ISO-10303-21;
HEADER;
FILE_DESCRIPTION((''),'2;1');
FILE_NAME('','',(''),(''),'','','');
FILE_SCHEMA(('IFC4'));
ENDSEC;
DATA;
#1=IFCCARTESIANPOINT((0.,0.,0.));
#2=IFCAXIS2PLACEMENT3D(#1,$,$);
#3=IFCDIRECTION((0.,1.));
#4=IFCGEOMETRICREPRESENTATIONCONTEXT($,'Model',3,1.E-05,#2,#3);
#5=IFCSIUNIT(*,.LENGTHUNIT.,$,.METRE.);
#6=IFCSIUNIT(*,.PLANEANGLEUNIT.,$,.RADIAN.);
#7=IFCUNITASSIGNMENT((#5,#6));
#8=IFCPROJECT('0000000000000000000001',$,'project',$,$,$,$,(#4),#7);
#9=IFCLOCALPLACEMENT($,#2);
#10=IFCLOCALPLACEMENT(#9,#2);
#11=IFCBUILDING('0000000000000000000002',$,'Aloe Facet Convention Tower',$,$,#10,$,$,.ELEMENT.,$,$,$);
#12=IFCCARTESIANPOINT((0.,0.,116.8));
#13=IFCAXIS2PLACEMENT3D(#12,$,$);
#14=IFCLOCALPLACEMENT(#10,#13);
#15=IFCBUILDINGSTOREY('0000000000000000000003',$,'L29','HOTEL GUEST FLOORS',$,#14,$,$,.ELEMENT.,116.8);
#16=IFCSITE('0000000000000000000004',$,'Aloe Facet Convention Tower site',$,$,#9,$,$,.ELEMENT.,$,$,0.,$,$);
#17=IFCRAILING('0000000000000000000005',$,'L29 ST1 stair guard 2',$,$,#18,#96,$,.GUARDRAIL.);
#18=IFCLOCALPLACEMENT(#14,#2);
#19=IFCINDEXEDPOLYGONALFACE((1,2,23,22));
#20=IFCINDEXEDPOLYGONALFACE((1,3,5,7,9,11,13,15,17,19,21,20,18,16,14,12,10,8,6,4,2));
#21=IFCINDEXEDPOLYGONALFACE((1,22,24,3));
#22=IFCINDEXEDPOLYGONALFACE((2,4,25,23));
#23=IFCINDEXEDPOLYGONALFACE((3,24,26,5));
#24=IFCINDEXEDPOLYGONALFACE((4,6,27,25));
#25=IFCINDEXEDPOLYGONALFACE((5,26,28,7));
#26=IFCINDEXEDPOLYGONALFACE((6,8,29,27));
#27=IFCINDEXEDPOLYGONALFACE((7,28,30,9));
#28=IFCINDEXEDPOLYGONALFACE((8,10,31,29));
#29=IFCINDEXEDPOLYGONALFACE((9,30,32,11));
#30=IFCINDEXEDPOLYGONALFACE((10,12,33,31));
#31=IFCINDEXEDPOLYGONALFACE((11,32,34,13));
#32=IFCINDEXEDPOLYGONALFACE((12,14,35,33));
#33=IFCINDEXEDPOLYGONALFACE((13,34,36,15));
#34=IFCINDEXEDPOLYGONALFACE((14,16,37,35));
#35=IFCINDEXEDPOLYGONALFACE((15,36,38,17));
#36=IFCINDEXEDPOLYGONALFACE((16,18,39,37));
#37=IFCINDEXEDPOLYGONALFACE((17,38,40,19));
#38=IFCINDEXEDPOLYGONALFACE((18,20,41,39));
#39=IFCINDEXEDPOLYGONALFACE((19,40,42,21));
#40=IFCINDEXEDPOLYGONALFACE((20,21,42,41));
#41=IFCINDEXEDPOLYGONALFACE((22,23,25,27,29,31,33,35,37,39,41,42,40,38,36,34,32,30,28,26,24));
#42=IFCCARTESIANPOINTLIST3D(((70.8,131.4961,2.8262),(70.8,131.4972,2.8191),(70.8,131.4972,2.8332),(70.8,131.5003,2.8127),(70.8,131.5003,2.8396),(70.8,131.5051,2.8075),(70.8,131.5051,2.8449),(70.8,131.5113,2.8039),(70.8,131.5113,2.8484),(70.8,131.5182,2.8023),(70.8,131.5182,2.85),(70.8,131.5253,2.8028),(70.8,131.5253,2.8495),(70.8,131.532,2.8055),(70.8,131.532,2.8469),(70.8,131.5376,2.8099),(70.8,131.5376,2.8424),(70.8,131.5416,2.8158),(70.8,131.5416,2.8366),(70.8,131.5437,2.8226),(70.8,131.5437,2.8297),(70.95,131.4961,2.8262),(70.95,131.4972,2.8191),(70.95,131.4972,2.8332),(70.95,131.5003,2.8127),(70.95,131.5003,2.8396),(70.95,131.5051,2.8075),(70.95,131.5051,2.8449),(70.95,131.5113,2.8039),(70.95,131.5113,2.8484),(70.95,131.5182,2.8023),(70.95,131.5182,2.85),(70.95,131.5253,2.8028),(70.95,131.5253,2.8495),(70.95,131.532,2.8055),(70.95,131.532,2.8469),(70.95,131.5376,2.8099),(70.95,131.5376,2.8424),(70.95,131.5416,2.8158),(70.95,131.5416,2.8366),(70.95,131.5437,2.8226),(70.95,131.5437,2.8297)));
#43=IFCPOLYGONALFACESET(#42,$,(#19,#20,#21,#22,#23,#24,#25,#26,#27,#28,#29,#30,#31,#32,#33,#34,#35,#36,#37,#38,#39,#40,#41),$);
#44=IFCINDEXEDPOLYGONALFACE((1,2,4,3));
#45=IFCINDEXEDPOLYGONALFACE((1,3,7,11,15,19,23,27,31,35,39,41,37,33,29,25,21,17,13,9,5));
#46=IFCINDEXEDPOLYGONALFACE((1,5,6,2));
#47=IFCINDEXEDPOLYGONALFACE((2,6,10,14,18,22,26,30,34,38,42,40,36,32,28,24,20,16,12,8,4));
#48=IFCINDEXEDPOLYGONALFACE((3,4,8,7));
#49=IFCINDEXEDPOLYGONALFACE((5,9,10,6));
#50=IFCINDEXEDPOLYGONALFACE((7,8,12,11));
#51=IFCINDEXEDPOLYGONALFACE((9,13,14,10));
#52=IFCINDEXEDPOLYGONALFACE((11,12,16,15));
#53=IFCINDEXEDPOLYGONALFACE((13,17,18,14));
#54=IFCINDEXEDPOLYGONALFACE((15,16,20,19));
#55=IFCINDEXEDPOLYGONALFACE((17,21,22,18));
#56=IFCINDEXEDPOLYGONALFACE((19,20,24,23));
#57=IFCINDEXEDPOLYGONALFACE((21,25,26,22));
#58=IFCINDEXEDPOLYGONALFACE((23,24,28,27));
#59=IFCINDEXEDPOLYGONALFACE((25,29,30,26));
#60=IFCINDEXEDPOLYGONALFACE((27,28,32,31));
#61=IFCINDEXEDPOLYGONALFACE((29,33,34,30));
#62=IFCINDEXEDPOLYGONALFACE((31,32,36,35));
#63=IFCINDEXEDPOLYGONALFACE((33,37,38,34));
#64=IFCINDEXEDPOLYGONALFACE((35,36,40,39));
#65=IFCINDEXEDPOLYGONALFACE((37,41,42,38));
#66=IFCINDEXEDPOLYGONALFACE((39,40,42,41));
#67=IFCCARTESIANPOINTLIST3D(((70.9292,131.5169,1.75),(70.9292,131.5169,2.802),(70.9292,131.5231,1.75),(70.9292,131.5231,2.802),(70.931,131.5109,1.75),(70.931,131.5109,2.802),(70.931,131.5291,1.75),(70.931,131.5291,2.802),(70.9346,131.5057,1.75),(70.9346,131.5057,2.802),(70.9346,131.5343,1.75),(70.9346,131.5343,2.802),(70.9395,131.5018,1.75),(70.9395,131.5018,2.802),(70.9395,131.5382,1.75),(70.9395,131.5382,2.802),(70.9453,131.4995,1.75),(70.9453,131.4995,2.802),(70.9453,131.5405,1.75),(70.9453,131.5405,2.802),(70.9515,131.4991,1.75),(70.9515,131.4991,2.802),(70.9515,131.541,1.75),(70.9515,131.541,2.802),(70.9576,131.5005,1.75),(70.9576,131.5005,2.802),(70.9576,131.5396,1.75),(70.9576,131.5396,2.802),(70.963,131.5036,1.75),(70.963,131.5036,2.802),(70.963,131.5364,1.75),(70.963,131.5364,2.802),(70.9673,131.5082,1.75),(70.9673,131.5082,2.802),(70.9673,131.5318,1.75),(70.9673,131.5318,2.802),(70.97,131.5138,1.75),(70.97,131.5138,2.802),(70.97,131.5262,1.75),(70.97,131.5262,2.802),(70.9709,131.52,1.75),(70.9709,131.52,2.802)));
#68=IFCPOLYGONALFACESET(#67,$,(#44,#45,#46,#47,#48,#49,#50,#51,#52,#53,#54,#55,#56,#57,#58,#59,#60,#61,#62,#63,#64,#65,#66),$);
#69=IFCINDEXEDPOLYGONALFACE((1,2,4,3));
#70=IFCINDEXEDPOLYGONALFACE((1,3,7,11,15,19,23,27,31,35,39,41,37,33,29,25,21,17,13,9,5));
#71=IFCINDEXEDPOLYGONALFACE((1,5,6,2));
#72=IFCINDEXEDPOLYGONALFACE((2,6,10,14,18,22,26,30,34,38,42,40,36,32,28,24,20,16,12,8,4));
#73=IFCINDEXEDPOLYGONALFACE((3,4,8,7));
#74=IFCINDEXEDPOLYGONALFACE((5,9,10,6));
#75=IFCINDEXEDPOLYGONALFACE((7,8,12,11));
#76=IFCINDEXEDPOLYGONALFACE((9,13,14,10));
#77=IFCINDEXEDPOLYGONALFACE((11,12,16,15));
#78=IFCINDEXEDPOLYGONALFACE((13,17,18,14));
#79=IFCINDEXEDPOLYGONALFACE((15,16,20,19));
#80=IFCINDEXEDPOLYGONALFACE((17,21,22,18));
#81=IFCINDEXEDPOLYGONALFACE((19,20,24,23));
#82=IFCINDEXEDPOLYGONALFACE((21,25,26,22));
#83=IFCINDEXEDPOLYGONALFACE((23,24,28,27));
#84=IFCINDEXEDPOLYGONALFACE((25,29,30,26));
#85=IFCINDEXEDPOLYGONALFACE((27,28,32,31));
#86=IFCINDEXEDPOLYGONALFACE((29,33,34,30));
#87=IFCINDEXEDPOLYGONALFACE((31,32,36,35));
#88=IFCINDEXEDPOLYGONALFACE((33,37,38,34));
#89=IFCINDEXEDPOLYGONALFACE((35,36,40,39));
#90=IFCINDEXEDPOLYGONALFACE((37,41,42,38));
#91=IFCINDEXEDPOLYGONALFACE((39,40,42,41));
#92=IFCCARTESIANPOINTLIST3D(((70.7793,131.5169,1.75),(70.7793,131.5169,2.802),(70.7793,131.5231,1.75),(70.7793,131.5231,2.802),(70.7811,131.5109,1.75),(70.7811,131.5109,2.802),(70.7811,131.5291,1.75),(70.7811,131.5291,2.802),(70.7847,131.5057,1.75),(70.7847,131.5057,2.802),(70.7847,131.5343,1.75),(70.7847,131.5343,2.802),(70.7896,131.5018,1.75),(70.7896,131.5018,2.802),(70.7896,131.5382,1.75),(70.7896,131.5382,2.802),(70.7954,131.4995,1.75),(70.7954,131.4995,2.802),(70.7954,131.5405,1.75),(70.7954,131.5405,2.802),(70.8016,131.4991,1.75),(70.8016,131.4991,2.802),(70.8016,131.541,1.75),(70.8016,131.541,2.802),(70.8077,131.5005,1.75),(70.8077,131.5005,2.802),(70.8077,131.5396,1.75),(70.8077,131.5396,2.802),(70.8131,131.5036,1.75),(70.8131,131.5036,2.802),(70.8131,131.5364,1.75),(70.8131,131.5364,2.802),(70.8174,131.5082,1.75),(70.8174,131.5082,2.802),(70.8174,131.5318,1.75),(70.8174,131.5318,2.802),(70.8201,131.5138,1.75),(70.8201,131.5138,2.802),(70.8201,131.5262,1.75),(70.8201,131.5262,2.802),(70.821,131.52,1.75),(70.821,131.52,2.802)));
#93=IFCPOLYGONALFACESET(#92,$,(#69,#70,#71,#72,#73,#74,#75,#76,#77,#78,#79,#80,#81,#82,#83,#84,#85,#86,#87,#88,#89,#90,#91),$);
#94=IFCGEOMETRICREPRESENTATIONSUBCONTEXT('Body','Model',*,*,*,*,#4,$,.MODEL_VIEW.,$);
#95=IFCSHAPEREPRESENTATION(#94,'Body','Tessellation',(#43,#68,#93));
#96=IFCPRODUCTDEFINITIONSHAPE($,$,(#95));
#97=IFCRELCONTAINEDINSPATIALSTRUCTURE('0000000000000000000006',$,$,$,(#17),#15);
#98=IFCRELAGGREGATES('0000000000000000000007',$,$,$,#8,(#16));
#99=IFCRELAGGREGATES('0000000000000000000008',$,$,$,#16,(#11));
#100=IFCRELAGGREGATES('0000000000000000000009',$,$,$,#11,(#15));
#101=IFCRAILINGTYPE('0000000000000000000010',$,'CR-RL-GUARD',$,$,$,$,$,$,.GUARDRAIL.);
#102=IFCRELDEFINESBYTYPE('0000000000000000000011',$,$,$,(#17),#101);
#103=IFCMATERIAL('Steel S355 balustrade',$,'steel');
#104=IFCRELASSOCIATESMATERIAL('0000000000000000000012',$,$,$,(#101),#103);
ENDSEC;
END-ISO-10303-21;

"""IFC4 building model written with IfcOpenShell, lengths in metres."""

from ifc_helpers import new_model, si_unit, direction, frame, origin, origin_2d, place, context, subcontext, project, spatial, circle, extrude, material, type_object, element, save


model = new_model("IFC4")

# Units and contexts
model_context = context("Model", 3, precision=1e-05, world=origin(), true_north=direction((0.0, 1.0)))
body_context = subcontext(model_context, "Body", "Model", "MODEL_VIEW")
ifc_project = project(units=[si_unit("LENGTHUNIT", "METRE"), si_unit("PLANEANGLEUNIT", "RADIAN")], contexts=[model_context])

# Site, building, storey
site_placement = place(None, origin())
site = spatial("IfcSite", under=ifc_project, at=site_placement, Name="Aloe Facet Convention Tower site", CompositionType="ELEMENT", RefElevation=0.0)
building_placement = place(site_placement, origin())
building = spatial("IfcBuilding", under=site, at=building_placement, Name="Aloe Facet Convention Tower", CompositionType="ELEMENT")
storey_placement = place(building_placement, frame((0.0, 0.0, 116.8)))
storey = spatial("IfcBuildingStorey", under=building, at=storey_placement, Name="L29", Description="HOTEL GUEST FLOORS", CompositionType="ELEMENT", Elevation=116.8)

# Railing
ifc_material_1 = material(Name="Steel S355 balustrade", Category="steel")
railing_type_1 = type_object("IfcRailingType", Name="CR-RL-GUARD", PredefinedType="GUARDRAIL", material=ifc_material_1)
railing_1_placement = place(storey_placement, frame((70.95, 131.52, 1.75)))
element("IfcRailing", 1, at=railing_1_placement, inside=storey, type_object=railing_type_1, Name="L29 ST1 stair guard 2", PredefinedType="GUARDRAIL", context=body_context, shape_type="SweptSolid", body=[
    extrude(circle(Radius=0.0239, at=origin_2d()), frame((0.0, 0.0, 1.0762), z_axis=(-1.0, 0.0, 0.0), x_axis=(0.0, -1.0, 0.0)), (0.0, 0.0, 1.0), 0.1499),
    extrude(circle(Radius=0.021, at=origin_2d()), origin(), (0.0, 0.0, 1.0), 1.052),
    extrude(circle(Radius=0.021, at=origin_2d()), frame((-0.1499, 0.0, 0.0)), (0.0, 0.0, 1.0), 1.052),
])

save(model, "model.ifc")
